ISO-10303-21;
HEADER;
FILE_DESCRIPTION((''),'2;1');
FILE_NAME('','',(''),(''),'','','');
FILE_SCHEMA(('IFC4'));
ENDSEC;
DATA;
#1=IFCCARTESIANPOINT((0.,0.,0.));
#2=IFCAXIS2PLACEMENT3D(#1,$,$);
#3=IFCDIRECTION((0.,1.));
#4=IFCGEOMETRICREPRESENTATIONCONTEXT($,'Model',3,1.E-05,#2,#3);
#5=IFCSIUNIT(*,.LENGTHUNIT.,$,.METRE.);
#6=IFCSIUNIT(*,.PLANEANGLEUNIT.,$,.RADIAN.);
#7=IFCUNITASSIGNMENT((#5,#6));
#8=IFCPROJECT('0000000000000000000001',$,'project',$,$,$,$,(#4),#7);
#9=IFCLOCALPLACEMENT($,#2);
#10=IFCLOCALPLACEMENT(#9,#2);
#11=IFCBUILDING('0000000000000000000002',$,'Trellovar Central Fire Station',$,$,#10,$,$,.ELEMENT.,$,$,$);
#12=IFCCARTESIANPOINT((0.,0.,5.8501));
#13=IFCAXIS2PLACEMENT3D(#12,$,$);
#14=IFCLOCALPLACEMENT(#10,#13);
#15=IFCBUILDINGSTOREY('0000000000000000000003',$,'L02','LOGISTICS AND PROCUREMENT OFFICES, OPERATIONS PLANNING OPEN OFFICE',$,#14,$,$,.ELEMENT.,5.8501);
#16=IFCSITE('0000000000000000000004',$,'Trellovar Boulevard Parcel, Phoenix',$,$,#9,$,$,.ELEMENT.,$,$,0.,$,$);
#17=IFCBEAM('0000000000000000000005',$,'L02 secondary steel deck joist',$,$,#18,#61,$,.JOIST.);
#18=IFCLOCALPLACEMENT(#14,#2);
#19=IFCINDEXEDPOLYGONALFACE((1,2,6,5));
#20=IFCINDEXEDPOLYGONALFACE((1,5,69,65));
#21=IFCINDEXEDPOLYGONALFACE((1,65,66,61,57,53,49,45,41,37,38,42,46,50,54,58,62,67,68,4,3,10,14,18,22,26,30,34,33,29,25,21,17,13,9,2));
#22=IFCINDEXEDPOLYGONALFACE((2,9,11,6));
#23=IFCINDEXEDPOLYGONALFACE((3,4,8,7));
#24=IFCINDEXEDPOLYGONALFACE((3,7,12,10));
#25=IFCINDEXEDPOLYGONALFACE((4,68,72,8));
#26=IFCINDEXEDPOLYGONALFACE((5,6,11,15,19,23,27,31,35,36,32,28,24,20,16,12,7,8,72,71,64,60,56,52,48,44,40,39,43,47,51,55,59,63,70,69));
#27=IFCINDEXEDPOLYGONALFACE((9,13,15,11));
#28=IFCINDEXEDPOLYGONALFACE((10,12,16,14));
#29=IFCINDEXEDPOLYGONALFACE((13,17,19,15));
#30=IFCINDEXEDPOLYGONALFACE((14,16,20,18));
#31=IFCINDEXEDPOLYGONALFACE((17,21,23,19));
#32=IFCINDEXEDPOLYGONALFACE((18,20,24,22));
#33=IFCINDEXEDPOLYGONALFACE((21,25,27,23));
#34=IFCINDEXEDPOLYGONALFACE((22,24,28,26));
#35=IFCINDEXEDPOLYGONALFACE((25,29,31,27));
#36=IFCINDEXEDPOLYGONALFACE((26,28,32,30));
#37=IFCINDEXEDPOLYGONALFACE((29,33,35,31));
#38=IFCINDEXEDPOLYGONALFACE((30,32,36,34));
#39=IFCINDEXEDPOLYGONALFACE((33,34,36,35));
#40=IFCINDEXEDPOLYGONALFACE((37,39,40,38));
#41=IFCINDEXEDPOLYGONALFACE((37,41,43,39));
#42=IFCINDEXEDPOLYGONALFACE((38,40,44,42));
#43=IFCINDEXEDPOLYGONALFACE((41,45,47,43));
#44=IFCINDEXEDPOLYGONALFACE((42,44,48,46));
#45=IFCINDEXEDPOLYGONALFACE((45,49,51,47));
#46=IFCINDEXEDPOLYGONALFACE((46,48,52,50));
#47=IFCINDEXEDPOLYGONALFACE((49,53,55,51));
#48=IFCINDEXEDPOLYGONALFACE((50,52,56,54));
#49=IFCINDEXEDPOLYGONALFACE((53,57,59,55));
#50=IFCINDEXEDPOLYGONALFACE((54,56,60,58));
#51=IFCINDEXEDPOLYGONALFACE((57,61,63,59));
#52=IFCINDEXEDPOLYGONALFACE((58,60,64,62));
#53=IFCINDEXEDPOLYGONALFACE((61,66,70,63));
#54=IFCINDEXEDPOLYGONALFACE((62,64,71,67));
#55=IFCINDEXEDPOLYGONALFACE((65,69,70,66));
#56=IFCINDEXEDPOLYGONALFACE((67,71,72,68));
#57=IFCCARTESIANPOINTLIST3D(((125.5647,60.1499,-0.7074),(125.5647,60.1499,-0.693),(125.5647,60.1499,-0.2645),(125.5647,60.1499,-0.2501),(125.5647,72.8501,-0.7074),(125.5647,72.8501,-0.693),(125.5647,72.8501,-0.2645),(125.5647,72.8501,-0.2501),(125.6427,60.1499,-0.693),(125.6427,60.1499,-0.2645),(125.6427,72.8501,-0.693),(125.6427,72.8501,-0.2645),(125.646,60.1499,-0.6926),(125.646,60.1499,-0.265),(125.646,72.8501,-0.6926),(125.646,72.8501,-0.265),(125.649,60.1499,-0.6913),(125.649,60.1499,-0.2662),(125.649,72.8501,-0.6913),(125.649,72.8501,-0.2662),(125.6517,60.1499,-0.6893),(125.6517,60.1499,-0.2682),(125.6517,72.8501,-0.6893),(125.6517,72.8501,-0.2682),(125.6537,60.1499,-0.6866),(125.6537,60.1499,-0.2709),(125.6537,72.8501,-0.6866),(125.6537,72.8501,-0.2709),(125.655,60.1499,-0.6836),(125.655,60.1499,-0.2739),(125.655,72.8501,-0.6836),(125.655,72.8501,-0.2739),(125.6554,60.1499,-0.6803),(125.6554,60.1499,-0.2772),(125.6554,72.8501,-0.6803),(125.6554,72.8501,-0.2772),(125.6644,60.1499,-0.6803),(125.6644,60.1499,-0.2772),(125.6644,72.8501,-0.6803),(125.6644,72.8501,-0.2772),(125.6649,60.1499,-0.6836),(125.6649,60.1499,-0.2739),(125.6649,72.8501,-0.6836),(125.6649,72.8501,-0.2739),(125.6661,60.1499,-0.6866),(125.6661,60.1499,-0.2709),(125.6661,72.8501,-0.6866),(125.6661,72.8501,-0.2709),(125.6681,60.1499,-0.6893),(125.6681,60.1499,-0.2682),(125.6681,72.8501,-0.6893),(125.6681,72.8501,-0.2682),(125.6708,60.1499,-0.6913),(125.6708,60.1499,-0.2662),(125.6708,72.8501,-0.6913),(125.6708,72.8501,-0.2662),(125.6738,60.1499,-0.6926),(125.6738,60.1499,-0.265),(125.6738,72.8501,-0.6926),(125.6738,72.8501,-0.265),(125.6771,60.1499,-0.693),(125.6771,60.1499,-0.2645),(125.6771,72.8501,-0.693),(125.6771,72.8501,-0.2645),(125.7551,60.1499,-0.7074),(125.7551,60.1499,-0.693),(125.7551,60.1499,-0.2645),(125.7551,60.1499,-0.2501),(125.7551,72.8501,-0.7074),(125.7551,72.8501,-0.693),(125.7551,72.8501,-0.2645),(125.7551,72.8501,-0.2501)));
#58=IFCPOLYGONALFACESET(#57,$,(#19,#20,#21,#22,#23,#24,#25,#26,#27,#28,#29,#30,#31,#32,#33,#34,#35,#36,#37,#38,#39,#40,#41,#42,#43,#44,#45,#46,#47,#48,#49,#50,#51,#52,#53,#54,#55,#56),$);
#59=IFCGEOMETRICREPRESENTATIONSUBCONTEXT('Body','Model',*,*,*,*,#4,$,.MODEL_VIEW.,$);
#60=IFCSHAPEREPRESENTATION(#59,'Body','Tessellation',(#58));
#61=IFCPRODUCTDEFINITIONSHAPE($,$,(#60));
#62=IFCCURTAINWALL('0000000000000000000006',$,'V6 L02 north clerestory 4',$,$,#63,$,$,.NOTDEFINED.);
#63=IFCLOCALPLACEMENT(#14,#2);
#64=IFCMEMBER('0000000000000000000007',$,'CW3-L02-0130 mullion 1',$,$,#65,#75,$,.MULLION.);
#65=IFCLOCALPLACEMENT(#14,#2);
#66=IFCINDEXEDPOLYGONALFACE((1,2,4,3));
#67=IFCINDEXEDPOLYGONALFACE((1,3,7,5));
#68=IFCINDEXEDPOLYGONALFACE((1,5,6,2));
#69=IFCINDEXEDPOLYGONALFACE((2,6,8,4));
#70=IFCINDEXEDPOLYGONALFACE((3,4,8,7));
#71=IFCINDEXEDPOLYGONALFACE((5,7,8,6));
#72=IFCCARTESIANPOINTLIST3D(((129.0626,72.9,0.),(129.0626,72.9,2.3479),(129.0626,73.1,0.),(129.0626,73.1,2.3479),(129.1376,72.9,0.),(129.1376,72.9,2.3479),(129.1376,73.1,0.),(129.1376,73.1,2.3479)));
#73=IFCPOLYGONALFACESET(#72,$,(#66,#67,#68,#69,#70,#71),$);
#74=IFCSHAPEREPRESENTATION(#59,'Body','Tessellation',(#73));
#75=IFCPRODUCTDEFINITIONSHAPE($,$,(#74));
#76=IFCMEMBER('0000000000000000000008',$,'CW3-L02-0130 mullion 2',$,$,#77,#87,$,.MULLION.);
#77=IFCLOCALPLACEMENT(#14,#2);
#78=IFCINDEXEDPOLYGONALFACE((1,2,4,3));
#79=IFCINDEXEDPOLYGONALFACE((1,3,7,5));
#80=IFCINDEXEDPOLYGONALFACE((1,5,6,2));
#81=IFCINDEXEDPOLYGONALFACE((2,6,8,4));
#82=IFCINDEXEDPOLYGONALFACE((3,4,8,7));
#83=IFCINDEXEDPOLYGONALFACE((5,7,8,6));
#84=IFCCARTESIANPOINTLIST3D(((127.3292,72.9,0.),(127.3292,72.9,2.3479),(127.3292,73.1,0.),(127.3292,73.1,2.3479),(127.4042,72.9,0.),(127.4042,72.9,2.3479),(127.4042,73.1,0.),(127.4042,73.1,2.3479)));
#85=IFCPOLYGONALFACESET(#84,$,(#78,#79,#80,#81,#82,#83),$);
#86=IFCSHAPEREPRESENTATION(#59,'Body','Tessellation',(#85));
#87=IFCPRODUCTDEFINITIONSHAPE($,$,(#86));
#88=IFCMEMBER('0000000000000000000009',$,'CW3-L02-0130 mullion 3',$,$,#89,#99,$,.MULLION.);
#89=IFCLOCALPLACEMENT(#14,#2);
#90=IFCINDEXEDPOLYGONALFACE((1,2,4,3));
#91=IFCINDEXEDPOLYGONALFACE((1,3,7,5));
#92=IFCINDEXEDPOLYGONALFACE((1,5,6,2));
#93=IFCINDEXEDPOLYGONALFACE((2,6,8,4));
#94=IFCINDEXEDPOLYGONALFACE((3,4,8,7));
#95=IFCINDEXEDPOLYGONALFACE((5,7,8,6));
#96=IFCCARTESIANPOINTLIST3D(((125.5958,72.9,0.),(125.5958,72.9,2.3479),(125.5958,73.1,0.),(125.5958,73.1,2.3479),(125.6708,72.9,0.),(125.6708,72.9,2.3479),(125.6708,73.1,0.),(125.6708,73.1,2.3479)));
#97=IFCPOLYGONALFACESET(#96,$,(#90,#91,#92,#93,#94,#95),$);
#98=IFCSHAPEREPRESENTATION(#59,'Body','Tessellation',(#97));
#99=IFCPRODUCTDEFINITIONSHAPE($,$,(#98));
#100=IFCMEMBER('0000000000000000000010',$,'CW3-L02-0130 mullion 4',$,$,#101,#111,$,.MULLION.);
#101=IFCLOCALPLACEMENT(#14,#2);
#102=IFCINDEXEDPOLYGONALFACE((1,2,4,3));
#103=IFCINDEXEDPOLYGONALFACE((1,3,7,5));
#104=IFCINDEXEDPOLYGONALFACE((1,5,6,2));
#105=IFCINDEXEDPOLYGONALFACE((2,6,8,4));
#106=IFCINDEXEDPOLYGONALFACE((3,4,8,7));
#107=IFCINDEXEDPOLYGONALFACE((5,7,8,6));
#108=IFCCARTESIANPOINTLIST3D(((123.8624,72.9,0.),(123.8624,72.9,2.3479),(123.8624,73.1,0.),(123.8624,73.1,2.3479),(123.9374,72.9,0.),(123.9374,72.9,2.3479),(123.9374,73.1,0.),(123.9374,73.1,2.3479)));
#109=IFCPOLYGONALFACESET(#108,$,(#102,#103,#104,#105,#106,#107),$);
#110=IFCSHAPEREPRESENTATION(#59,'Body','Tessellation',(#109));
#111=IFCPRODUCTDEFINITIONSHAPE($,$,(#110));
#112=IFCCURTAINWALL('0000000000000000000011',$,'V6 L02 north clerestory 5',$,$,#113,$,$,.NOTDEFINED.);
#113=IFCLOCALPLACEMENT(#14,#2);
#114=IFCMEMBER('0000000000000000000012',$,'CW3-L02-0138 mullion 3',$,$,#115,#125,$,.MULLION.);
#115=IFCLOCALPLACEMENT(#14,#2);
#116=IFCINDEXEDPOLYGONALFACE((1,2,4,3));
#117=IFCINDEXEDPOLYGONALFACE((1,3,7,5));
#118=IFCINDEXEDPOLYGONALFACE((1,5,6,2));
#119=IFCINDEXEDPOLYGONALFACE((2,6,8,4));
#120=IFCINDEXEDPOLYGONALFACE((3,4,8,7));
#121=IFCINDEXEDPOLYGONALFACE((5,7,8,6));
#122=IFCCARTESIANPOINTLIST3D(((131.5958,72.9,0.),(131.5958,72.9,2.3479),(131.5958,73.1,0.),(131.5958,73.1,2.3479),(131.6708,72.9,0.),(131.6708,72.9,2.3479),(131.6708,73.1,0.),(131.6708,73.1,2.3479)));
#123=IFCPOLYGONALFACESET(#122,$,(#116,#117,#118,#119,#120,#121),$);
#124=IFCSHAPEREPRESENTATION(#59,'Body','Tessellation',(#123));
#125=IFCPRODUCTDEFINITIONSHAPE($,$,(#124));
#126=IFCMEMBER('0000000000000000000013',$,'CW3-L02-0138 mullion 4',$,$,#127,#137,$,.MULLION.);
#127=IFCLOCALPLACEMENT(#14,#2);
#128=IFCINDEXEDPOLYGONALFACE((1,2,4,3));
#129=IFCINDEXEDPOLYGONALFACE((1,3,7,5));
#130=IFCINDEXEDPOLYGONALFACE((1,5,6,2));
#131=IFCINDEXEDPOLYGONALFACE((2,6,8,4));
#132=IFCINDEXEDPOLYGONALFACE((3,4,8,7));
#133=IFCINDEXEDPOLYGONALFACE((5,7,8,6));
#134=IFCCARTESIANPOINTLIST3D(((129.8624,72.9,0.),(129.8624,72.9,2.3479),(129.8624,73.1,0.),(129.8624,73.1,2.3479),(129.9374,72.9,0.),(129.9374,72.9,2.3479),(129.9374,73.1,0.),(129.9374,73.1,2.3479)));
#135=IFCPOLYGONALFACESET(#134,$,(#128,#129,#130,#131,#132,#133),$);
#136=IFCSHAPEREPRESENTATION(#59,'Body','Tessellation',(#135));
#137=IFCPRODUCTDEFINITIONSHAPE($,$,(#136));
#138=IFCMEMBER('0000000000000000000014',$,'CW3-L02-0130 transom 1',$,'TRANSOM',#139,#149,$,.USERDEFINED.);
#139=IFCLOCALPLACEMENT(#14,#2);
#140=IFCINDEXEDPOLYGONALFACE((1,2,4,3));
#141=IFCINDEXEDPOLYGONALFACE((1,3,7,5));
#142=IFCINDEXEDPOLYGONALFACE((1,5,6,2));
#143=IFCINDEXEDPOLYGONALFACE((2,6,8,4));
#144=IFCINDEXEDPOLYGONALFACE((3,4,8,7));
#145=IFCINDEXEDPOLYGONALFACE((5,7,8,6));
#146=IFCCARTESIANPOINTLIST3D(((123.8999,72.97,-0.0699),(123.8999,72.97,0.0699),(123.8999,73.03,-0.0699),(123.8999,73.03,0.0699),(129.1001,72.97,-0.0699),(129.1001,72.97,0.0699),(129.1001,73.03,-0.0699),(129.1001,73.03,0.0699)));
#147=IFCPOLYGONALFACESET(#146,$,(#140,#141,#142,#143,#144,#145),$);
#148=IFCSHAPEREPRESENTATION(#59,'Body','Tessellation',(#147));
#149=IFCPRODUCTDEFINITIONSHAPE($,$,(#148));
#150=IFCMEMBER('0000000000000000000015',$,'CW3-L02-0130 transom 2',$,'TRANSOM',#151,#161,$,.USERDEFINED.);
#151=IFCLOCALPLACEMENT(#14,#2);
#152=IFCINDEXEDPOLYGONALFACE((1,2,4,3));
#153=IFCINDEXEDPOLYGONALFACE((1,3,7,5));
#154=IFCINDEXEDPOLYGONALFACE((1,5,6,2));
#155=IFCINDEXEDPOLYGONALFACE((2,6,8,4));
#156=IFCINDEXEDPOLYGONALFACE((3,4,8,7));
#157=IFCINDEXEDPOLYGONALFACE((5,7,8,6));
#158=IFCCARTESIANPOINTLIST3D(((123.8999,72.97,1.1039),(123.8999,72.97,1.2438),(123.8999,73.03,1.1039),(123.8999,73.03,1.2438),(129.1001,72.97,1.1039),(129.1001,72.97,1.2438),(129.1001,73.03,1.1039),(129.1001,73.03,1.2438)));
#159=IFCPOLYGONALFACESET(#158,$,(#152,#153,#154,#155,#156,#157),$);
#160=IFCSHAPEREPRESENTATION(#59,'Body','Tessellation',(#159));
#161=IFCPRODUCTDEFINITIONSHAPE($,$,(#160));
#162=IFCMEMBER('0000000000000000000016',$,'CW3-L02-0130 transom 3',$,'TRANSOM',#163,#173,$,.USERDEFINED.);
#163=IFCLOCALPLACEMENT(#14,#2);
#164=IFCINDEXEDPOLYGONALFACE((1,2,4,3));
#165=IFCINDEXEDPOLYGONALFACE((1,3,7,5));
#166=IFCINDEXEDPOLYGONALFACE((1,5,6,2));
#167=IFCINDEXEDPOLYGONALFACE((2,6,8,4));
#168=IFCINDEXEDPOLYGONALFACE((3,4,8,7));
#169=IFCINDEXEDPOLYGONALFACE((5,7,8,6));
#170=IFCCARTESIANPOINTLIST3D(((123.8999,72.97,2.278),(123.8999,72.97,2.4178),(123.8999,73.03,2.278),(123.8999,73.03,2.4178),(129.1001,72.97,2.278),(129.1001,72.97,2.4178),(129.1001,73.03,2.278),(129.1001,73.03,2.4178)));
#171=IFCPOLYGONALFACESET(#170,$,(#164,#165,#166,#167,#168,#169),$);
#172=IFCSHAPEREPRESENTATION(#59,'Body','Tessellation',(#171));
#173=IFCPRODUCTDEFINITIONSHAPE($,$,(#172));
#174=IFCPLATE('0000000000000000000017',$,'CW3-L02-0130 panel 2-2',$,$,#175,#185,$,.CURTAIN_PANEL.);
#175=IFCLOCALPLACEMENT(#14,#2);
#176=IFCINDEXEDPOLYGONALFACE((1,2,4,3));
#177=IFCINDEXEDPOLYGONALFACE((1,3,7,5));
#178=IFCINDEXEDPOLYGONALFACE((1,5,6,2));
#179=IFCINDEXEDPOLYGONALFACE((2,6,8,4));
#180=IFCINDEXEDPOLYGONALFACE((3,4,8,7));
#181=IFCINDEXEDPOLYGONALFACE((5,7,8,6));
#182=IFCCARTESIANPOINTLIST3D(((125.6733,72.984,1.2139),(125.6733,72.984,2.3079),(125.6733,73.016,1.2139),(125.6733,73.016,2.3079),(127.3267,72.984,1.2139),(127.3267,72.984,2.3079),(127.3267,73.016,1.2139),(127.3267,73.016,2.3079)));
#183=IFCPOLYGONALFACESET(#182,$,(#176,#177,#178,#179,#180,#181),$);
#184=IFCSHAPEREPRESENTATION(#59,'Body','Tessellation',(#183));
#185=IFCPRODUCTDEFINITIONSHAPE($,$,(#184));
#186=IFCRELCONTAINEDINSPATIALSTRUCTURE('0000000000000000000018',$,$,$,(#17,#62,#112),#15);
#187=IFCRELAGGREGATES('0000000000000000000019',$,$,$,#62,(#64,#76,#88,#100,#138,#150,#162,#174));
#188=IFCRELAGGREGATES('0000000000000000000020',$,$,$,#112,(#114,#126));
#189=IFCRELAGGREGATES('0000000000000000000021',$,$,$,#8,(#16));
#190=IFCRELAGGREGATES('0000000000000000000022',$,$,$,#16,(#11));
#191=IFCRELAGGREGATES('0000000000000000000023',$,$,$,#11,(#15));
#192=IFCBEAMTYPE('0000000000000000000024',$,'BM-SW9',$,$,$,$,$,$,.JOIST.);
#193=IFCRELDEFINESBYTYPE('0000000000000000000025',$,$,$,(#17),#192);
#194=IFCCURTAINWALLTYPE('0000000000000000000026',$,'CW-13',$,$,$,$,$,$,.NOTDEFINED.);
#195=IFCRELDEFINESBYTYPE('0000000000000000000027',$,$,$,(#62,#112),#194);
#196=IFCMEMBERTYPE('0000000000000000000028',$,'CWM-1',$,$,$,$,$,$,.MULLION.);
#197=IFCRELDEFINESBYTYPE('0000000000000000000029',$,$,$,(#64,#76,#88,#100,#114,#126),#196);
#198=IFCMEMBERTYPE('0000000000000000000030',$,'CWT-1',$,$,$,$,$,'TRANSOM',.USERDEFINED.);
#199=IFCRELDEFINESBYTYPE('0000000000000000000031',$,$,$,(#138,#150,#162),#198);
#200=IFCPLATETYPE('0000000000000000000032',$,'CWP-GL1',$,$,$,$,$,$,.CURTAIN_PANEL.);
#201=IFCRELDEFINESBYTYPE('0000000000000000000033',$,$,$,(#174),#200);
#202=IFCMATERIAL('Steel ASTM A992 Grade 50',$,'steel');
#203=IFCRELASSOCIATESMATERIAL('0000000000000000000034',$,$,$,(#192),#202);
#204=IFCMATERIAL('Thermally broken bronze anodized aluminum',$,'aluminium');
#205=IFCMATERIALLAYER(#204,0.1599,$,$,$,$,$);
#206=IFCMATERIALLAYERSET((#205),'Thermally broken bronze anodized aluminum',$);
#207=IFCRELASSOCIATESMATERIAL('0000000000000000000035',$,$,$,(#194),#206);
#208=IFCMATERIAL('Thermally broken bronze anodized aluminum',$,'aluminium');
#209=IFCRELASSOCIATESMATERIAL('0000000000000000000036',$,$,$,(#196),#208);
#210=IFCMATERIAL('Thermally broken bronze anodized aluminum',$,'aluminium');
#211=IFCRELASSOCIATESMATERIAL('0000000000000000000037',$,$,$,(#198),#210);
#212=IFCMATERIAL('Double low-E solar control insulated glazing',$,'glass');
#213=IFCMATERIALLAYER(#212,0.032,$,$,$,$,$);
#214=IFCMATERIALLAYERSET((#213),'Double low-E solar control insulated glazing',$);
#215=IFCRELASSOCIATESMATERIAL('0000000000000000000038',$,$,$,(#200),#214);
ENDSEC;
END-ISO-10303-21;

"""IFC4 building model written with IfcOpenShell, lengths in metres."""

from ifc_helpers import new_model, si_unit, direction, frame, origin, origin_2d, place, context, subcontext, project, spatial, rectangle, i_section, extrude, material, layer, layer_set, material_profile, profile_set, type_object, element, aggregate, save


model = new_model("IFC4")

# Units and contexts
model_context = context("Model", 3, precision=1e-05, world=origin(), true_north=direction((0.0, 1.0)))
body_context = subcontext(model_context, "Body", "Model", "MODEL_VIEW")
ifc_project = project(units=[si_unit("LENGTHUNIT", "METRE"), si_unit("PLANEANGLEUNIT", "RADIAN")], contexts=[model_context])

# Site, building, storey
site_placement = place(None, origin())
site = spatial("IfcSite", under=ifc_project, at=site_placement, Name="Trellovar Boulevard Parcel, Phoenix", CompositionType="ELEMENT", RefElevation=0.0)
building_placement = place(site_placement, origin())
building = spatial("IfcBuilding", under=site, at=building_placement, Name="Trellovar Central Fire Station", CompositionType="ELEMENT")
storey_placement = place(building_placement, frame((0.0, 0.0, 5.8501)))
storey = spatial("IfcBuildingStorey", under=building, at=storey_placement, Name="L02", Description="LOGISTICS AND PROCUREMENT OFFICES, OPERATIONS PLANNING OPEN OFFICE", CompositionType="ELEMENT", Elevation=5.8501)

# Beam
ifc_material_1 = material(Name="Steel ASTM A992 Grade 50", Category="steel")
ifc_material_profile_1 = material_profile(ifc_material_1, i_section(OverallWidth=0.1904, OverallDepth=0.4573, WebThickness=0.009, FlangeThickness=0.0144, FilletRadius=0.0127, at=origin_2d()), Name="W18X50")
ifc_profile_set_1 = profile_set([ifc_material_profile_1], Name="Steel ASTM A992 Grade 50")
beam_type_1 = type_object("IfcBeamType", Name="BM-SW9", PredefinedType="JOIST", material=ifc_profile_set_1)
beam_1_placement = place(storey_placement, frame((125.6599, 60.1499, -0.4788), z_axis=(0.0, 1.0, 0.0), x_axis=(-1.0, 0.0, 0.0)))
element("IfcBeam", 1, at=beam_1_placement, inside=storey, type_object=beam_type_1, Name="L02 secondary steel deck joist", PredefinedType="JOIST", context=body_context, shape_type="SweptSolid", body=[
    extrude(i_section(OverallWidth=0.1904, OverallDepth=0.4573, WebThickness=0.009, FlangeThickness=0.0144, FilletRadius=0.0127, at=origin_2d()), origin(), (0.0, 0.0, 1.0), 12.7002),
])

# Curtain walls, members
ifc_material_2 = material(Name="Thermally broken bronze anodized aluminum", Category="aluminium")
ifc_layer_1 = layer(ifc_material_2, 0.1599)
ifc_layer_set_1 = layer_set([ifc_layer_1], Name="Thermally broken bronze anodized aluminum")
curtain_wall_type = type_object("IfcCurtainWallType", Name="CW-13", PredefinedType="NOTDEFINED", material=ifc_layer_set_1)
curtain_wall_1_placement = place(storey_placement, origin())
curtain_wall_1 = element("IfcCurtainWall", 2, at=curtain_wall_1_placement, inside=storey, type_object=curtain_wall_type, Name="V6 L02 north clerestory 4", PredefinedType="NOTDEFINED")
ifc_material_3 = material(Name="Thermally broken bronze anodized aluminum", Category="aluminium")
ifc_material_profile_2 = material_profile(ifc_material_3, rectangle(XDim=0.075, YDim=0.2, at=origin_2d()), Name="ALU75X200")
ifc_profile_set_2 = profile_set([ifc_material_profile_2], Name="Thermally broken bronze anodized aluminum")
member_type_1 = type_object("IfcMemberType", Name="CWM-1", PredefinedType="MULLION", material=ifc_profile_set_2)
member_1_placement = place(storey_placement, frame((129.1001, 73.0, 0.0), z_axis=(0.0, 0.0, 1.0), x_axis=(1.0, 0.0, 0.0)))
member_1 = element("IfcMember", 3, at=member_1_placement, type_object=member_type_1, Name="CW3-L02-0130 mullion 1", PredefinedType="MULLION", context=body_context, shape_type="SweptSolid", body=[
    extrude(rectangle(XDim=0.075, YDim=0.2, at=origin_2d()), origin(), (0.0, 0.0, 1.0), 2.3479),
])
member_2_placement = place(storey_placement, frame((127.3667, 73.0, 0.0), z_axis=(0.0, 0.0, 1.0), x_axis=(1.0, 0.0, 0.0)))
member_2 = element("IfcMember", 4, at=member_2_placement, type_object=member_type_1, Name="CW3-L02-0130 mullion 2", PredefinedType="MULLION", context=body_context, shape_type="SweptSolid", body=[
    extrude(rectangle(XDim=0.075, YDim=0.2, at=origin_2d()), origin(), (0.0, 0.0, 1.0), 2.3479),
])
member_3_placement = place(storey_placement, frame((125.6333, 73.0, 0.0), z_axis=(0.0, 0.0, 1.0), x_axis=(1.0, 0.0, 0.0)))
member_3 = element("IfcMember", 5, at=member_3_placement, type_object=member_type_1, Name="CW3-L02-0130 mullion 3", PredefinedType="MULLION", context=body_context, shape_type="SweptSolid", body=[
    extrude(rectangle(XDim=0.075, YDim=0.2, at=origin_2d()), origin(), (0.0, 0.0, 1.0), 2.3479),
])
member_4_placement = place(storey_placement, frame((123.8999, 73.0, 0.0), z_axis=(0.0, 0.0, 1.0), x_axis=(1.0, 0.0, 0.0)))
member_4 = element("IfcMember", 6, at=member_4_placement, type_object=member_type_1, Name="CW3-L02-0130 mullion 4", PredefinedType="MULLION", context=body_context, shape_type="SweptSolid", body=[
    extrude(rectangle(XDim=0.075, YDim=0.2, at=origin_2d()), origin(), (0.0, 0.0, 1.0), 2.3479),
])
curtain_wall_2_placement = place(storey_placement, origin())
curtain_wall_2 = element("IfcCurtainWall", 7, at=curtain_wall_2_placement, inside=storey, type_object=curtain_wall_type, Name="V6 L02 north clerestory 5", PredefinedType="NOTDEFINED")
member_5_placement = place(storey_placement, frame((131.6333, 73.0, 0.0), z_axis=(0.0, 0.0, 1.0), x_axis=(1.0, 0.0, 0.0)))
member_5 = element("IfcMember", 8, at=member_5_placement, type_object=member_type_1, Name="CW3-L02-0138 mullion 3", PredefinedType="MULLION", context=body_context, shape_type="SweptSolid", body=[
    extrude(rectangle(XDim=0.075, YDim=0.2, at=origin_2d()), origin(), (0.0, 0.0, 1.0), 2.3479),
])
member_6_placement = place(storey_placement, frame((129.8999, 73.0, 0.0), z_axis=(0.0, 0.0, 1.0), x_axis=(1.0, 0.0, 0.0)))
member_6 = element("IfcMember", 9, at=member_6_placement, type_object=member_type_1, Name="CW3-L02-0138 mullion 4", PredefinedType="MULLION", context=body_context, shape_type="SweptSolid", body=[
    extrude(rectangle(XDim=0.075, YDim=0.2, at=origin_2d()), origin(), (0.0, 0.0, 1.0), 2.3479),
])

# Members
ifc_material_4 = material(Name="Thermally broken bronze anodized aluminum", Category="aluminium")
ifc_material_profile_3 = material_profile(ifc_material_4, rectangle(XDim=0.0601, YDim=0.1399, at=origin_2d()), Name="ALU60X140")
ifc_profile_set_3 = profile_set([ifc_material_profile_3], Name="Thermally broken bronze anodized aluminum")
member_type_2 = type_object("IfcMemberType", Name="CWT-1", ElementType="TRANSOM", PredefinedType="USERDEFINED", material=ifc_profile_set_3)
member_7_placement = place(storey_placement, frame((129.1001, 73.0, 0.0), z_axis=(-1.0, 0.0, 0.0), x_axis=(0.0, -1.0, 0.0)))
member_7 = element("IfcMember", 10, at=member_7_placement, type_object=member_type_2, Name="CW3-L02-0130 transom 1", ObjectType="TRANSOM", PredefinedType="USERDEFINED", context=body_context, shape_type="SweptSolid", body=[
    extrude(rectangle(XDim=0.0601, YDim=0.1399, at=origin_2d()), origin(), (0.0, 0.0, 1.0), 5.2002),
])
member_8_placement = place(storey_placement, frame((129.1001, 73.0, 1.1738), z_axis=(-1.0, 0.0, 0.0), x_axis=(0.0, -1.0, 0.0)))
member_8 = element("IfcMember", 11, at=member_8_placement, type_object=member_type_2, Name="CW3-L02-0130 transom 2", ObjectType="TRANSOM", PredefinedType="USERDEFINED", context=body_context, shape_type="SweptSolid", body=[
    extrude(rectangle(XDim=0.0601, YDim=0.1399, at=origin_2d()), origin(), (0.0, 0.0, 1.0), 5.2002),
])
member_9_placement = place(storey_placement, frame((129.1001, 73.0, 2.3479), z_axis=(-1.0, 0.0, 0.0), x_axis=(0.0, -1.0, 0.0)))
member_9 = element("IfcMember", 12, at=member_9_placement, type_object=member_type_2, Name="CW3-L02-0130 transom 3", ObjectType="TRANSOM", PredefinedType="USERDEFINED", context=body_context, shape_type="SweptSolid", body=[
    extrude(rectangle(XDim=0.0601, YDim=0.1399, at=origin_2d()), origin(), (0.0, 0.0, 1.0), 5.2002),
])

# Plate
ifc_material_5 = material(Name="Double low-E solar control insulated glazing", Category="glass")
ifc_layer_2 = layer(ifc_material_5, 0.032)
ifc_layer_set_2 = layer_set([ifc_layer_2], Name="Double low-E solar control insulated glazing")
plate_type_1 = type_object("IfcPlateType", Name="CWP-GL1", PredefinedType="CURTAIN_PANEL", material=ifc_layer_set_2)
plate_1_placement = place(storey_placement, frame((126.5, 73.0, 1.2139), z_axis=(0.0, 0.0, 1.0), x_axis=(-1.0, 0.0, 0.0)))
plate_1 = element("IfcPlate", 13, at=plate_1_placement, type_object=plate_type_1, Name="CW3-L02-0130 panel 2-2", PredefinedType="CURTAIN_PANEL", context=body_context, shape_type="SweptSolid", body=[
    extrude(rectangle(XDim=1.6533, YDim=0.032, at=origin_2d()), origin(), (0.0, 0.0, 1.0), 1.094),
])
aggregate(curtain_wall_1, [member_1, member_2, member_3, member_4, member_7, member_8, member_9, plate_1])
aggregate(curtain_wall_2, [member_5, member_6])

save(model, "model.ifc")
